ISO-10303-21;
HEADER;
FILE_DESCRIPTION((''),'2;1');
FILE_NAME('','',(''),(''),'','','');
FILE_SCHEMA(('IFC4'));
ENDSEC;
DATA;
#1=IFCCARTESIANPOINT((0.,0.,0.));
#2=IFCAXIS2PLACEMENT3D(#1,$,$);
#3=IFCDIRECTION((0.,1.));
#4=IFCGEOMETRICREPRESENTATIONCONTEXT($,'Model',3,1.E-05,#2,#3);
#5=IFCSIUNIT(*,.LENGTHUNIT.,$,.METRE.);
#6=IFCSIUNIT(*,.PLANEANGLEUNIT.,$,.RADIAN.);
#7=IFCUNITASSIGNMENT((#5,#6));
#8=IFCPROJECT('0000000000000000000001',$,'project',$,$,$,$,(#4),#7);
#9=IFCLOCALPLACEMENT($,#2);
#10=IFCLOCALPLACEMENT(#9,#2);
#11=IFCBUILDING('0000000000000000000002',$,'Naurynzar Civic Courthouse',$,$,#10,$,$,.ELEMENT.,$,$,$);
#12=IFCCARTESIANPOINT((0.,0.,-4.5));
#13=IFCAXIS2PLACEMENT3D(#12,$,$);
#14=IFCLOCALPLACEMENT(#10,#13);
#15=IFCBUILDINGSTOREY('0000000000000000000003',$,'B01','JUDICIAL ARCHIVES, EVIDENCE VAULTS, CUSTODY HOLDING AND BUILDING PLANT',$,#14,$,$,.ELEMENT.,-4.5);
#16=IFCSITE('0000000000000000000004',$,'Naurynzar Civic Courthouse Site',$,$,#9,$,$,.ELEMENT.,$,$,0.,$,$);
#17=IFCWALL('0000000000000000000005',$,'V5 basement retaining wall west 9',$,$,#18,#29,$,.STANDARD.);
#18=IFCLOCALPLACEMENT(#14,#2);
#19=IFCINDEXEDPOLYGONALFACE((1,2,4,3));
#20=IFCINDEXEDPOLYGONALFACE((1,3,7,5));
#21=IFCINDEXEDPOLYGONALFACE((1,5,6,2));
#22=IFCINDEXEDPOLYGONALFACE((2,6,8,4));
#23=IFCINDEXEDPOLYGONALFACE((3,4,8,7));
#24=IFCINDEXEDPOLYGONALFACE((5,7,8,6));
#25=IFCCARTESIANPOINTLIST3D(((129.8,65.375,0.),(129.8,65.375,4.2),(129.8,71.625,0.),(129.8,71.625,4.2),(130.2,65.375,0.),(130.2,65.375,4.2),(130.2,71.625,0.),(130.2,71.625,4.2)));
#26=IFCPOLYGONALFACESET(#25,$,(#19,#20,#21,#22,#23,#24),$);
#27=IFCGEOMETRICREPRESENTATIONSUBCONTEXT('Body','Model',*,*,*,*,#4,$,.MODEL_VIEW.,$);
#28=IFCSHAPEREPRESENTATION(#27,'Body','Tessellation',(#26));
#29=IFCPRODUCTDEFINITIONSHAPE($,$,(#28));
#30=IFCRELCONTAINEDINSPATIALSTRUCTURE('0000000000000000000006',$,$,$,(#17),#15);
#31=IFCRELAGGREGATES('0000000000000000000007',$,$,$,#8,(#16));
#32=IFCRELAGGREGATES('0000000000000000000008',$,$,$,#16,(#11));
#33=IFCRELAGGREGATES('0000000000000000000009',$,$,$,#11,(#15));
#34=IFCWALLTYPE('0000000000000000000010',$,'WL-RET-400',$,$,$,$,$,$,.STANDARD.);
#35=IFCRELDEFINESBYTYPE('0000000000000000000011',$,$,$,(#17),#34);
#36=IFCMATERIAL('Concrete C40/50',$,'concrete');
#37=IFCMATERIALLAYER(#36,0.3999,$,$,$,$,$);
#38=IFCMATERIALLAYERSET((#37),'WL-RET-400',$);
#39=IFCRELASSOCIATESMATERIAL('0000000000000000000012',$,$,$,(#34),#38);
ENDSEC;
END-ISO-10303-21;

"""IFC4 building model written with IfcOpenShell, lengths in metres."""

from ifc_helpers import new_model, si_unit, direction, frame, frame_2d, origin, place, context, subcontext, project, spatial, rectangle, extrude, material, layer, layer_set, type_object, element, save


model = new_model("IFC4")

# Units and contexts
model_context = context("Model", 3, precision=1e-05, world=origin(), true_north=direction((0.0, 1.0)))
body_context = subcontext(model_context, "Body", "Model", "MODEL_VIEW")
ifc_project = project(units=[si_unit("LENGTHUNIT", "METRE"), si_unit("PLANEANGLEUNIT", "RADIAN")], contexts=[model_context])

# Site, building, storey
site_placement = place(None, origin())
site = spatial("IfcSite", under=ifc_project, at=site_placement, Name="Naurynzar Civic Courthouse Site", CompositionType="ELEMENT", RefElevation=0.0)
building_placement = place(site_placement, origin())
building = spatial("IfcBuilding", under=site, at=building_placement, Name="Naurynzar Civic Courthouse", CompositionType="ELEMENT")
storey_placement = place(building_placement, frame((0.0, 0.0, -4.5)))
storey = spatial("IfcBuildingStorey", under=building, at=storey_placement, Name="B01", Description="JUDICIAL ARCHIVES, EVIDENCE VAULTS, CUSTODY HOLDING AND BUILDING PLANT", CompositionType="ELEMENT", Elevation=-4.5)

# Wall
ifc_material_1 = material(Name="Concrete C40/50", Category="concrete")
ifc_layer = layer(ifc_material_1, 0.3999)
ifc_layer_set = layer_set([ifc_layer], Name="WL-RET-400")
wall_type = type_object("IfcWallType", Name="WL-RET-400", PredefinedType="STANDARD", material=ifc_layer_set)
wall_1_placement = place(storey_placement, frame((130.0, 65.375, 0.0), z_axis=(0.0, 0.0, 1.0), x_axis=(0.0, 1.0, 0.0)))
element("IfcWall", 1, at=wall_1_placement, inside=storey, type_object=wall_type, Name="V5 basement retaining wall west 9", PredefinedType="STANDARD", context=body_context, shape_type="SweptSolid", body=[
    extrude(rectangle(XDim=6.25, YDim=0.3999, at=frame_2d((3.125, 0.0))), origin(), (0.0, 0.0, 1.0), 4.2),
])

save(model, "model.ifc")
